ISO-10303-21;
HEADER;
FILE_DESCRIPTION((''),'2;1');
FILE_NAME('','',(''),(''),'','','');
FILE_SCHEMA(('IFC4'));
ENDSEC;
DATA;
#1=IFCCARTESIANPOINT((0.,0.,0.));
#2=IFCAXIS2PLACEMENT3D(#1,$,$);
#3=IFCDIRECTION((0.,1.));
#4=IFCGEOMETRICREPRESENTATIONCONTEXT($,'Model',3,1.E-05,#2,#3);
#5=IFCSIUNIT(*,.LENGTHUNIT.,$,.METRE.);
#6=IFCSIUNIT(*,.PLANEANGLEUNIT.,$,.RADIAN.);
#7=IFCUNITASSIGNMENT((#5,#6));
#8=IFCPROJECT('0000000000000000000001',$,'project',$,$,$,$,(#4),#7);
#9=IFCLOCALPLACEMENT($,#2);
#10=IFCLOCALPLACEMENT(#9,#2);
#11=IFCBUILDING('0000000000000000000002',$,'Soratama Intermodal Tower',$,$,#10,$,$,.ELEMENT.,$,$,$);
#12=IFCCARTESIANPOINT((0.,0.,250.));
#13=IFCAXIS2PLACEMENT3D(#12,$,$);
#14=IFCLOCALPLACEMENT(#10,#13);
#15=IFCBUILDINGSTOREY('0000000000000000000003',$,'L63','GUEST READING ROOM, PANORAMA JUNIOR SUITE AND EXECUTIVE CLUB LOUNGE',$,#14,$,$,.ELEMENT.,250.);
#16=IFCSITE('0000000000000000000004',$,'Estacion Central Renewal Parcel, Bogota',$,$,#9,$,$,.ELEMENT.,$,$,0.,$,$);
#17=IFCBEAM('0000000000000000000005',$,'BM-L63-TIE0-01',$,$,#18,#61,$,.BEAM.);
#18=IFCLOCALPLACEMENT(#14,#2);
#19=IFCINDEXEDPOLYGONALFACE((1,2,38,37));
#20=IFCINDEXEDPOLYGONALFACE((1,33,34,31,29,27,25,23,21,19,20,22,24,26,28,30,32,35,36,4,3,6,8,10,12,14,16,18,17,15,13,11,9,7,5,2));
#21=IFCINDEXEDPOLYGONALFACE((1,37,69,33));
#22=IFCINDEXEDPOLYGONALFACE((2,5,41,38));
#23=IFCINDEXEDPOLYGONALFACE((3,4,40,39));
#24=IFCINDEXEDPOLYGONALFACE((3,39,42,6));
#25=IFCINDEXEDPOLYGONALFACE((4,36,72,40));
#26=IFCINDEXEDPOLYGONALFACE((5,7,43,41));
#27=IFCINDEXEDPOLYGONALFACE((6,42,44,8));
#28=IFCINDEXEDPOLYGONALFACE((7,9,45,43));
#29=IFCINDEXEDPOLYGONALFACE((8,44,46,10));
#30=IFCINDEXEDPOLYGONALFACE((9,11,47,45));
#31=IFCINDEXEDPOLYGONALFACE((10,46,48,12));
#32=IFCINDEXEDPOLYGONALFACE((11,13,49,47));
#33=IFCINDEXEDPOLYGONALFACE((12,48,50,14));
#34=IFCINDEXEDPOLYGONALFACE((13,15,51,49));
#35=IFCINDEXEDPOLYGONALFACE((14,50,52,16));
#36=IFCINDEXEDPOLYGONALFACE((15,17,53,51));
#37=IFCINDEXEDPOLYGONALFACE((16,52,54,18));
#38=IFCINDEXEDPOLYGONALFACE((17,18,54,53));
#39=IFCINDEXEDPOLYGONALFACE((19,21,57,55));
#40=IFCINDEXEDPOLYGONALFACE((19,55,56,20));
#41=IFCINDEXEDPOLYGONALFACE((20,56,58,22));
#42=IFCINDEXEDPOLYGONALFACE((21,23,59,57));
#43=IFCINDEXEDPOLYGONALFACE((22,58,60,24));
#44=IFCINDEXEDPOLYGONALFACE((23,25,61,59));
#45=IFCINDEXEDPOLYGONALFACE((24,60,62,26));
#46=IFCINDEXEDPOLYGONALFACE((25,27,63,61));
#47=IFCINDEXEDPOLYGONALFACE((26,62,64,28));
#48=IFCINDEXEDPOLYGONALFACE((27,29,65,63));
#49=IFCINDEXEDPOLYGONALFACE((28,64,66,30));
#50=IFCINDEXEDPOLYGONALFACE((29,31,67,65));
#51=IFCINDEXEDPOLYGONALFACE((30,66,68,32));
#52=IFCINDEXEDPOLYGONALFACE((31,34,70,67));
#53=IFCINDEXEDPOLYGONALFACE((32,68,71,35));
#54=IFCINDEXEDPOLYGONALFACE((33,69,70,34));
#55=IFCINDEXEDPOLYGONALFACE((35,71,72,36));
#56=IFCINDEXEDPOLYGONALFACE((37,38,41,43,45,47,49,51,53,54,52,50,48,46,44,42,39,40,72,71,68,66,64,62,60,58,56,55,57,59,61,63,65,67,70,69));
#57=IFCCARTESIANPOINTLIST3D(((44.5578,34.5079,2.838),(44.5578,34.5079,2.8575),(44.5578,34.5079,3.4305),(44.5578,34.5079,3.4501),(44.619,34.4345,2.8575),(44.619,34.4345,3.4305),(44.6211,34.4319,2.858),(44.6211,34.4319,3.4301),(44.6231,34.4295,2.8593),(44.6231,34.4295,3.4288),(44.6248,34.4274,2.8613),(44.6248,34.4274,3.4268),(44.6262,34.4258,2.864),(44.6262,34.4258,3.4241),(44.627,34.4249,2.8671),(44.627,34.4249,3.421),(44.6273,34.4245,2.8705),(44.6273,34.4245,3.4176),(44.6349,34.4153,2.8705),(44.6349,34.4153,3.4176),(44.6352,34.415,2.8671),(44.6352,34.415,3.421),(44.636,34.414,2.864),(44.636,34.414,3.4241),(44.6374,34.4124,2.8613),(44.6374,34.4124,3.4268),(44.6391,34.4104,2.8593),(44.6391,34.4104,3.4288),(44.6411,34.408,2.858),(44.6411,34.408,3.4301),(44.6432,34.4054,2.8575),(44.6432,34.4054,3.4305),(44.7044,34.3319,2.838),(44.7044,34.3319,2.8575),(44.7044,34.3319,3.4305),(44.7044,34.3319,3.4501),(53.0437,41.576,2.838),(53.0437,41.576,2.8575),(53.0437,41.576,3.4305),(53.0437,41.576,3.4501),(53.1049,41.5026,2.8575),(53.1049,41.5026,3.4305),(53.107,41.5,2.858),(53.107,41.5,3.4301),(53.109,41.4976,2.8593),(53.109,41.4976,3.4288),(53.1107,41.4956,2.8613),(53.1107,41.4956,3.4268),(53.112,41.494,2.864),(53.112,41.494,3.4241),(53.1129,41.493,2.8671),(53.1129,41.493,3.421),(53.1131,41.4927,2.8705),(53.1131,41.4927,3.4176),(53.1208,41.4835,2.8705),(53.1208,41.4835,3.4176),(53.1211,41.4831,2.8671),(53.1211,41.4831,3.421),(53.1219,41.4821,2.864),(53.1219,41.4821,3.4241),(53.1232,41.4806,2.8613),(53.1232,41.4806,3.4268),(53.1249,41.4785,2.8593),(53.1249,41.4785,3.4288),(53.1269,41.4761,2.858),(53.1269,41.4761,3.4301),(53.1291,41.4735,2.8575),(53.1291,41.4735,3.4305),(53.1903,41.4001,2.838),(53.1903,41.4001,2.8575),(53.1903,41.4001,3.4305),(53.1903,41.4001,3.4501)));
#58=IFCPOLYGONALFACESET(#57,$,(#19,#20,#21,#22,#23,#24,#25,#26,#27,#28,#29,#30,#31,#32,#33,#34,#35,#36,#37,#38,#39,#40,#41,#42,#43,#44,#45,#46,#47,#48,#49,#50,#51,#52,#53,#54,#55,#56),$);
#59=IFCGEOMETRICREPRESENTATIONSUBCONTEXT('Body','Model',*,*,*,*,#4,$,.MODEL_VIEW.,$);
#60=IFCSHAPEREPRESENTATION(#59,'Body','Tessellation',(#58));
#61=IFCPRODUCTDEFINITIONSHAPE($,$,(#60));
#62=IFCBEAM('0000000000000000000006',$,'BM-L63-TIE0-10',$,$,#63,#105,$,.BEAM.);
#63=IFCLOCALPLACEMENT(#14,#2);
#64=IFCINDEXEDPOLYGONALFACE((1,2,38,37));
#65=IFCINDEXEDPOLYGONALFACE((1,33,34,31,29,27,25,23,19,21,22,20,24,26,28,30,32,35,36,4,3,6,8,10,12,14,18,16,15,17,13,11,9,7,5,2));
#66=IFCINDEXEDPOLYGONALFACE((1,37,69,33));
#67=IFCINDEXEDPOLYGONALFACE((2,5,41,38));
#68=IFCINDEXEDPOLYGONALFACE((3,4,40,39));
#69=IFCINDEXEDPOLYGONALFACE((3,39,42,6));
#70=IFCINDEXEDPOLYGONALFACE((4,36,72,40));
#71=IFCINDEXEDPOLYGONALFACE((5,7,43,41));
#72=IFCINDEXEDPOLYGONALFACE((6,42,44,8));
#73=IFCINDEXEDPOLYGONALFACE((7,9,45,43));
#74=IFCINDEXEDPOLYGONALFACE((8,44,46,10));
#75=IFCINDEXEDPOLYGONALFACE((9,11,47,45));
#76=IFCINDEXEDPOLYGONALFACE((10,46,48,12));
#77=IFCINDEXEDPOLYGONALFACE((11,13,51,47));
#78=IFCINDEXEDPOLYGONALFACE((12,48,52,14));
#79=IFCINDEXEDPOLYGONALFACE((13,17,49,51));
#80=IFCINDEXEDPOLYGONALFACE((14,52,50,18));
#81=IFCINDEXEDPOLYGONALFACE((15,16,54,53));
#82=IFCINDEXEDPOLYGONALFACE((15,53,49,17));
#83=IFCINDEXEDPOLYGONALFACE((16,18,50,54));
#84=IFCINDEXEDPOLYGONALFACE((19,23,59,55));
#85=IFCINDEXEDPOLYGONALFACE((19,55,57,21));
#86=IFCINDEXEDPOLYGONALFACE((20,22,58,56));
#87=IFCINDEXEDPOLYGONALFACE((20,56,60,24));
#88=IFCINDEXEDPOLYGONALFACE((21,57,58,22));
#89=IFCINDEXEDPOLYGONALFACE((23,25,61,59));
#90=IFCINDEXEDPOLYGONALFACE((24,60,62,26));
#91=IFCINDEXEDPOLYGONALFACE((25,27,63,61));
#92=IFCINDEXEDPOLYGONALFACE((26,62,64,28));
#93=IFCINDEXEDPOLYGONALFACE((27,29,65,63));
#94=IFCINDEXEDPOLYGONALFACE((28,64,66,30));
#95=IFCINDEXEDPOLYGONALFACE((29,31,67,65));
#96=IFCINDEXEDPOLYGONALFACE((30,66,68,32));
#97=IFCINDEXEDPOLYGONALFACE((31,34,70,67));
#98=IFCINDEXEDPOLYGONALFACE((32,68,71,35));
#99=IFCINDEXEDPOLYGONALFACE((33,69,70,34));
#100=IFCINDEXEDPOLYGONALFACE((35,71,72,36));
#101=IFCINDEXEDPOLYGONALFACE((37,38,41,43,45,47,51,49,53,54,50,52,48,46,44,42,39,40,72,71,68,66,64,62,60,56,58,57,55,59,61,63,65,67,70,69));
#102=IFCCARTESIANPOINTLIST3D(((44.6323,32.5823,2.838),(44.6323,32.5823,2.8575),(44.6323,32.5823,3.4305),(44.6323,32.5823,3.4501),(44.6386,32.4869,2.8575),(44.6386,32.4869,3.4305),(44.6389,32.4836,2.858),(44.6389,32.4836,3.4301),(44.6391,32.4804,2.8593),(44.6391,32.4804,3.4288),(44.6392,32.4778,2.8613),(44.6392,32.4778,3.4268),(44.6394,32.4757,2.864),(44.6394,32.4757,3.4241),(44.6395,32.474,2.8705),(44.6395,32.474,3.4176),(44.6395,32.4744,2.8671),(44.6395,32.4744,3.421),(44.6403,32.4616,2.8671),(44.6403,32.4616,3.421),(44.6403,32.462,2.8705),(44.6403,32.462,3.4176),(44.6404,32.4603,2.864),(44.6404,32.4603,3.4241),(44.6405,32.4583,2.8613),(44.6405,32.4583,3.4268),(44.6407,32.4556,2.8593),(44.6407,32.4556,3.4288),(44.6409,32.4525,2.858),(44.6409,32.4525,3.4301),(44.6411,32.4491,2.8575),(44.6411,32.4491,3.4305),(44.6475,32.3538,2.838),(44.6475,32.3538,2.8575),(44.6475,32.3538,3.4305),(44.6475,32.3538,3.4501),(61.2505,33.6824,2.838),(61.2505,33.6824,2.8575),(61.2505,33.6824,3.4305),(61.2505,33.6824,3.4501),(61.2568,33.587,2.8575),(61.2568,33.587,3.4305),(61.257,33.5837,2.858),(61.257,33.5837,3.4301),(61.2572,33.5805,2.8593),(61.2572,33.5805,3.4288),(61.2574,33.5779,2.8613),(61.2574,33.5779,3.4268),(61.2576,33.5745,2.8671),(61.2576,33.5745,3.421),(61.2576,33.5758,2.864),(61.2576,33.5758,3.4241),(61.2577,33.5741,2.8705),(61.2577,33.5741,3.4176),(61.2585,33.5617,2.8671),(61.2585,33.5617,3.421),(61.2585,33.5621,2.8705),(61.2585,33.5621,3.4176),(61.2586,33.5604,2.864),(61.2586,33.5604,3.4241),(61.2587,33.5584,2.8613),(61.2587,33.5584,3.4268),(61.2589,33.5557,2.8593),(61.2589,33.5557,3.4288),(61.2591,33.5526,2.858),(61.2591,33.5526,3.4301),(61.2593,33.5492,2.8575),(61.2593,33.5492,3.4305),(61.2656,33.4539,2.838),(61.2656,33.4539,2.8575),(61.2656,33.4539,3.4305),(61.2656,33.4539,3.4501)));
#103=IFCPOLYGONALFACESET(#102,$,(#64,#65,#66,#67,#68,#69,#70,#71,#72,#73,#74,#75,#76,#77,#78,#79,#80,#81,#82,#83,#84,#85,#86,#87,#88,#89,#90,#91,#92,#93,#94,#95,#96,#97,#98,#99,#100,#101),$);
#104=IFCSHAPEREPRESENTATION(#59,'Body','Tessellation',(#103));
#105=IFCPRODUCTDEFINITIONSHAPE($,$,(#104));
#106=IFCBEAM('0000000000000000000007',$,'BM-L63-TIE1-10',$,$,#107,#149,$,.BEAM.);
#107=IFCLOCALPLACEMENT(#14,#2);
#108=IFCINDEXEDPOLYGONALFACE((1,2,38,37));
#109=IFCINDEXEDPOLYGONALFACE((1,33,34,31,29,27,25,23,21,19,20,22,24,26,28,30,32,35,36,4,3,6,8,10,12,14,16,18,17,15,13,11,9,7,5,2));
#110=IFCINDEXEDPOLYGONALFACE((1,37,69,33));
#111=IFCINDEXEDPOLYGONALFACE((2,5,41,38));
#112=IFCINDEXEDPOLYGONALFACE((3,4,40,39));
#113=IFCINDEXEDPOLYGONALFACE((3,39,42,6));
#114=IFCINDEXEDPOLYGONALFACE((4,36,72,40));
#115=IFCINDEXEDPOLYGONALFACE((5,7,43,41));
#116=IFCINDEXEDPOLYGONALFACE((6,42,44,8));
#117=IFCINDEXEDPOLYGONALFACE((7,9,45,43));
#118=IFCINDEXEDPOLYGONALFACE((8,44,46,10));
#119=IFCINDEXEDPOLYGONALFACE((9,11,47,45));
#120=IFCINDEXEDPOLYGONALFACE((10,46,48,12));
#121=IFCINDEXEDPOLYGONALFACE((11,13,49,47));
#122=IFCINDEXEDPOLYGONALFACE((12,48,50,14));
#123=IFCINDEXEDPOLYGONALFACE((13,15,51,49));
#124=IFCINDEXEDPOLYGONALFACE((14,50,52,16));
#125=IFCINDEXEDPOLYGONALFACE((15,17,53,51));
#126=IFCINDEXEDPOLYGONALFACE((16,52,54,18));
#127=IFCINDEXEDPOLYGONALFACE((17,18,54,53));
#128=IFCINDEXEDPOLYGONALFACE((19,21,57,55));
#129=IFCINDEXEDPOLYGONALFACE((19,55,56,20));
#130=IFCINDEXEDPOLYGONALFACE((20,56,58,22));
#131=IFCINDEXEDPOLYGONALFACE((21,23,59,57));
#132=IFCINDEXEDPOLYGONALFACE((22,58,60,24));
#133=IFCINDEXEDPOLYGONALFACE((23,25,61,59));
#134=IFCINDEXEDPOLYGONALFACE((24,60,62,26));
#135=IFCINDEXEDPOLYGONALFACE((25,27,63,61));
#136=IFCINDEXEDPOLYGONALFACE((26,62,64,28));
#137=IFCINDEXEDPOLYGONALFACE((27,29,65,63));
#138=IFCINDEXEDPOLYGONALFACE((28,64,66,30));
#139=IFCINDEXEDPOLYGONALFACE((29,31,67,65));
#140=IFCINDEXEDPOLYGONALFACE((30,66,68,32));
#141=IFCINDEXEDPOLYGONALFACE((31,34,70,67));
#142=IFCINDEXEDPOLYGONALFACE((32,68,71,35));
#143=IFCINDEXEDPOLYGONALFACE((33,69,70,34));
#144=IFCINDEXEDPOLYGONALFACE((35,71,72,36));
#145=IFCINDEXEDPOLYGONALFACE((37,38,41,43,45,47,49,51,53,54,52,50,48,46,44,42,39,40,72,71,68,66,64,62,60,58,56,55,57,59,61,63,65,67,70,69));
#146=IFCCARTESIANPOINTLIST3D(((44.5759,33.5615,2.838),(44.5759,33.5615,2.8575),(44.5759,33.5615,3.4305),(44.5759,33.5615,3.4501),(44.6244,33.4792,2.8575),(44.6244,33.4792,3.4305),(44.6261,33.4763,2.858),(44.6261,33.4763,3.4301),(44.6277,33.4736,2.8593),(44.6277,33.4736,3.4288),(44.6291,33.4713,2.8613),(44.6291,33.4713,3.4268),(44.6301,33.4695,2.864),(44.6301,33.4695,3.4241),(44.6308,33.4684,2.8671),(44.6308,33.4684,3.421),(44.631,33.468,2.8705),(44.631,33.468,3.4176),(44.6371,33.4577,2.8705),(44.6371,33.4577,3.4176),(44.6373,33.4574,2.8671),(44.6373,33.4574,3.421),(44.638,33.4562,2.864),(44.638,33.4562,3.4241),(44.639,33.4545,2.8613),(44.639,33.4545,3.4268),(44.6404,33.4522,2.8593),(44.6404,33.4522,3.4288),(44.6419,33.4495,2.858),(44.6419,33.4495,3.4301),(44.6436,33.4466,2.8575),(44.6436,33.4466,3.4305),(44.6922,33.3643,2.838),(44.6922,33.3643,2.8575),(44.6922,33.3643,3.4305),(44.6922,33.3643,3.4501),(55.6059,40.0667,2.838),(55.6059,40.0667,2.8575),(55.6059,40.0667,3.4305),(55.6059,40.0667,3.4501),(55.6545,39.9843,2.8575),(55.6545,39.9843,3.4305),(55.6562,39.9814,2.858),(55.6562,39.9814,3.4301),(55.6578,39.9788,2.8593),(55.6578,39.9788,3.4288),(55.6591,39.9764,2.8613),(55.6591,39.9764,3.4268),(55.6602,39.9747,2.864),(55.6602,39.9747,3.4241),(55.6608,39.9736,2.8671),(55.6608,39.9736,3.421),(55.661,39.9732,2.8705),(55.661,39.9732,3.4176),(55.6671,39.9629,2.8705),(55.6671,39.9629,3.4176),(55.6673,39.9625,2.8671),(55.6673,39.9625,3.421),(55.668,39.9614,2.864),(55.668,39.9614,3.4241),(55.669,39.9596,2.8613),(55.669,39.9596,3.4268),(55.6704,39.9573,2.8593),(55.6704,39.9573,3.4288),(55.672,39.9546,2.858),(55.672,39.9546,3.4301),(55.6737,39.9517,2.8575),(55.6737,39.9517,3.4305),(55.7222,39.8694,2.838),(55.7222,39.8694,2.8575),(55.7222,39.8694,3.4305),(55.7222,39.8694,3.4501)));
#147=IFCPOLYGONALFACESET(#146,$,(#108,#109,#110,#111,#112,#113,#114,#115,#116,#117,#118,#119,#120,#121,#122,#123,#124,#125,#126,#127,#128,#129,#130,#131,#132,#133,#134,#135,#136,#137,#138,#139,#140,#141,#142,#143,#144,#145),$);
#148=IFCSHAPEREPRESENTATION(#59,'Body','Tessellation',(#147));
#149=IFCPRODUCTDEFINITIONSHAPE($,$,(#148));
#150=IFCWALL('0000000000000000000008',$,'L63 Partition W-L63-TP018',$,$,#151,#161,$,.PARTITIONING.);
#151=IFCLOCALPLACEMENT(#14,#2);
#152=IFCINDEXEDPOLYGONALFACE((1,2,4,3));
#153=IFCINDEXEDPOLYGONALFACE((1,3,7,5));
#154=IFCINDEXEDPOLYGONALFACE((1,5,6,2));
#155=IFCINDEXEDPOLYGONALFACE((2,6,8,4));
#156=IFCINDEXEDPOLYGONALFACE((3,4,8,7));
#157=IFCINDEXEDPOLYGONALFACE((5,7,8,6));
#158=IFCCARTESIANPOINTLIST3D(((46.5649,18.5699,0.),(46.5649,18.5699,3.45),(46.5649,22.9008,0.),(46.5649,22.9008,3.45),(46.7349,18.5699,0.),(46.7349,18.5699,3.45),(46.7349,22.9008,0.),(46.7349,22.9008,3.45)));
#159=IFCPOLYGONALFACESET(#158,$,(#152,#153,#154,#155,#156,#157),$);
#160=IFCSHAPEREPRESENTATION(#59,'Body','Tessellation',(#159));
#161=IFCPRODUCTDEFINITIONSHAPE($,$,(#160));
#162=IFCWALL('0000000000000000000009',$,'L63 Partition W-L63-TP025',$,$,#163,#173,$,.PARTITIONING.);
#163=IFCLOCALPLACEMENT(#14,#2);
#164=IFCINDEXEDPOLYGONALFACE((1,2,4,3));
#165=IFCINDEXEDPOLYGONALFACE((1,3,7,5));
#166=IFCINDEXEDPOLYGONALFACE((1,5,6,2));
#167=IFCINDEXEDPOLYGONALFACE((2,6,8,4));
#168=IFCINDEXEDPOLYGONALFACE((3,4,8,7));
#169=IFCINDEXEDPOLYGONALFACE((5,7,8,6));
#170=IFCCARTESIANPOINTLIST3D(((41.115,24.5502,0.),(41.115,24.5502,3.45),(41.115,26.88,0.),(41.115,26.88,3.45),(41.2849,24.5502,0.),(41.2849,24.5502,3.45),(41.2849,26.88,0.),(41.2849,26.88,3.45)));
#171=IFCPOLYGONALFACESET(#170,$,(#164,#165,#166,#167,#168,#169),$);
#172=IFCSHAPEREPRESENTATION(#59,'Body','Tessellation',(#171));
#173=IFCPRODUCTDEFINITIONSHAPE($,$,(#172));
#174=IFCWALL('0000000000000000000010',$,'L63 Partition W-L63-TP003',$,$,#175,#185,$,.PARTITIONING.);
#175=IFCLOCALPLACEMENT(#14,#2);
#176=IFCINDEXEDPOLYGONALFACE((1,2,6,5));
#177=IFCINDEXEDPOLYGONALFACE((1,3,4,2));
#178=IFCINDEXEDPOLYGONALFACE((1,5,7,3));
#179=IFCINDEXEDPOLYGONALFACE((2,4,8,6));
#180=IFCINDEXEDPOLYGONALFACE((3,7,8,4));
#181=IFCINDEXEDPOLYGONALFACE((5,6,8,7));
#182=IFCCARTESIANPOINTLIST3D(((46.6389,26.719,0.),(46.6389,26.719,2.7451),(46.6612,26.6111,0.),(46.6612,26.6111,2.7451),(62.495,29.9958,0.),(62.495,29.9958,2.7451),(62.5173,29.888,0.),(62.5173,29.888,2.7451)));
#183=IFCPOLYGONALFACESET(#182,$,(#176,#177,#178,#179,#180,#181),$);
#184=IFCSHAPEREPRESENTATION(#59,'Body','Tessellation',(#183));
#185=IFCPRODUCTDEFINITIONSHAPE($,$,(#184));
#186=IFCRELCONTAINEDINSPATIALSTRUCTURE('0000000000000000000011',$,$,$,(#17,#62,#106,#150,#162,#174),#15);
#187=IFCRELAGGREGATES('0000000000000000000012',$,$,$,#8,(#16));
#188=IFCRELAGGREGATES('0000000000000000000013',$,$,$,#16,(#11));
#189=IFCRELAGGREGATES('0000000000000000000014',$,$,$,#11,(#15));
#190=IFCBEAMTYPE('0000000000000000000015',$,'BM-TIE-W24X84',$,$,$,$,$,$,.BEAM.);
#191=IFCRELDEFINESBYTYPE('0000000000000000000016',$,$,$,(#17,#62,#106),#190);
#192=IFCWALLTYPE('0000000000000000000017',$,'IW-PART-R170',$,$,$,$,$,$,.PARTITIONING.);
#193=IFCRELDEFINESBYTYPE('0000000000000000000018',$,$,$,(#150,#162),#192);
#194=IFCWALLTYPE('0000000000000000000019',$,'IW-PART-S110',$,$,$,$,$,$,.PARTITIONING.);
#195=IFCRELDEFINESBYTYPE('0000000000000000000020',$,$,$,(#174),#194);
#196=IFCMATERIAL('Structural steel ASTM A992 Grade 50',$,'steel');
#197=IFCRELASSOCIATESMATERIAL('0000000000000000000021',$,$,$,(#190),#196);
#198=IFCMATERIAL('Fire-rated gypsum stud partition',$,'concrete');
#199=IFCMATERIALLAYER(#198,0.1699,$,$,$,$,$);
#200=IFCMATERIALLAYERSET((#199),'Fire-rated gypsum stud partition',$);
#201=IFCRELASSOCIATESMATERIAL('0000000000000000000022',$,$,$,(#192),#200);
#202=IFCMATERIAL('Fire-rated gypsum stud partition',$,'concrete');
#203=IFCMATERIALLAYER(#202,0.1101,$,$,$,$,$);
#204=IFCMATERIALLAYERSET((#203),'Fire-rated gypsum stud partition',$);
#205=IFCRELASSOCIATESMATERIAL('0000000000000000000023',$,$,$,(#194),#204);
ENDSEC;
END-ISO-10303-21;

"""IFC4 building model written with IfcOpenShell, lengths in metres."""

from ifc_helpers import new_model, si_unit, direction, frame, frame_2d, origin, origin_2d, place, context, subcontext, project, spatial, rectangle, i_section, extrude, material, layer, layer_set, material_profile, profile_set, type_object, element, save


model = new_model("IFC4")

# Units and contexts
model_context = context("Model", 3, precision=1e-05, world=origin(), true_north=direction((0.0, 1.0)))
body_context = subcontext(model_context, "Body", "Model", "MODEL_VIEW")
ifc_project = project(units=[si_unit("LENGTHUNIT", "METRE"), si_unit("PLANEANGLEUNIT", "RADIAN")], contexts=[model_context])

# Site, building, storey
site_placement = place(None, origin())
site = spatial("IfcSite", under=ifc_project, at=site_placement, Name="Estacion Central Renewal Parcel, Bogota", CompositionType="ELEMENT", RefElevation=0.0)
building_placement = place(site_placement, origin())
building = spatial("IfcBuilding", under=site, at=building_placement, Name="Soratama Intermodal Tower", CompositionType="ELEMENT")
storey_placement = place(building_placement, frame((0.0, 0.0, 250.0)))
storey = spatial("IfcBuildingStorey", under=building, at=storey_placement, Name="L63", Description="GUEST READING ROOM, PANORAMA JUNIOR SUITE AND EXECUTIVE CLUB LOUNGE", CompositionType="ELEMENT", Elevation=250.0)

# Beams
ifc_material_1 = material(Name="Structural steel ASTM A992 Grade 50", Category="steel")
ifc_material_profile_1 = material_profile(ifc_material_1, i_section(OverallWidth=0.229, OverallDepth=0.6121, WebThickness=0.012, FlangeThickness=0.0195, FilletRadius=0.0129, at=origin_2d()), Name="W24X84")
ifc_profile_set_1 = profile_set([ifc_material_profile_1], Name="Structural steel ASTM A992 Grade 50")
beam_type_1 = type_object("IfcBeamType", Name="BM-TIE-W24X84", PredefinedType="BEAM", material=ifc_profile_set_1)
beam_1_placement = place(storey_placement, frame((44.6311, 34.4199, 3.144), z_axis=(0.768373, 0.640002, 0.0), x_axis=(-0.640002, 0.768373, 0.0)))
element("IfcBeam", 1, at=beam_1_placement, inside=storey, type_object=beam_type_1, Name="BM-L63-TIE0-01", PredefinedType="BEAM", context=body_context, shape_type="SweptSolid", body=[
    extrude(i_section(OverallWidth=0.229, OverallDepth=0.6121, WebThickness=0.012, FlangeThickness=0.0195, FilletRadius=0.0129, at=origin_2d()), origin(), (0.0, 0.0, 1.0), 11.0439),
])
beam_2_placement = place(storey_placement, frame((44.6399, 32.468, 3.144), z_axis=(0.997816, 0.066054, 0.0), x_axis=(-0.066054, 0.997816, 0.0)))
element("IfcBeam", 2, at=beam_2_placement, inside=storey, type_object=beam_type_1, Name="BM-L63-TIE0-10", PredefinedType="BEAM", context=body_context, shape_type="SweptSolid", body=[
    extrude(i_section(OverallWidth=0.229, OverallDepth=0.6121, WebThickness=0.012, FlangeThickness=0.0195, FilletRadius=0.0129, at=origin_2d()), origin(), (0.0, 0.0, 1.0), 16.6545),
])
beam_3_placement = place(storey_placement, frame((44.634, 33.4629, 3.144), z_axis=(0.861358, 0.507999, 0.0), x_axis=(-0.507999, 0.861358, 0.0)))
element("IfcBeam", 3, at=beam_3_placement, inside=storey, type_object=beam_type_1, Name="BM-L63-TIE1-10", PredefinedType="BEAM", context=body_context, shape_type="SweptSolid", body=[
    extrude(i_section(OverallWidth=0.229, OverallDepth=0.6121, WebThickness=0.012, FlangeThickness=0.0195, FilletRadius=0.0129, at=origin_2d()), origin(), (0.0, 0.0, 1.0), 12.8054),
])

# Shared definitions
ifc_material_2 = material(Name="Fire-rated gypsum stud partition", Category="concrete")
ifc_layer_1 = layer(ifc_material_2, 0.1699)
ifc_layer_set_1 = layer_set([ifc_layer_1], Name="Fire-rated gypsum stud partition")
wall_type_1 = type_object("IfcWallType", Name="IW-PART-R170", PredefinedType="PARTITIONING", material=ifc_layer_set_1)

# Walls
wall_1_placement = place(storey_placement, frame((46.6499, 22.9009, 0.0), z_axis=(0.0, 0.0, 1.0), x_axis=(0.0, -1.0, 0.0)))
element("IfcWall", 4, at=wall_1_placement, inside=storey, type_object=wall_type_1, Name="L63 Partition W-L63-TP018", PredefinedType="PARTITIONING", context=body_context, shape_type="SweptSolid", body=[
    extrude(rectangle(XDim=4.3308, YDim=0.1699, at=frame_2d((2.1655, 0.0))), origin(), (0.0, 0.0, 1.0), 3.45),
])
wall_2_placement = place(storey_placement, frame((41.2, 24.55, 0.0), z_axis=(0.0, 0.0, 1.0), x_axis=(0.0, 1.0, 0.0)))
element("IfcWall", 5, at=wall_2_placement, inside=storey, type_object=wall_type_1, Name="L63 Partition W-L63-TP025", PredefinedType="PARTITIONING", context=body_context, shape_type="SweptSolid", body=[
    extrude(rectangle(XDim=2.3298, YDim=0.1699, at=frame_2d((1.165, 0.0))), origin(), (0.0, 0.0, 1.0), 3.45),
])

# Wall
ifc_material_3 = material(Name="Fire-rated gypsum stud partition", Category="concrete")
ifc_layer_2 = layer(ifc_material_3, 0.1101)
ifc_layer_set_2 = layer_set([ifc_layer_2], Name="Fire-rated gypsum stud partition")
wall_type_2 = type_object("IfcWallType", Name="IW-PART-S110", PredefinedType="PARTITIONING", material=ifc_layer_set_2)
wall_3_placement = place(storey_placement, frame((46.6499, 26.665, 0.0), z_axis=(0.0, 0.0, 1.0), x_axis=(0.979306, 0.202384, 0.0)))
element("IfcWall", 6, at=wall_3_placement, inside=storey, type_object=wall_type_2, Name="L63 Partition W-L63-TP003", PredefinedType="PARTITIONING", context=body_context, shape_type="SweptSolid", body=[
    extrude(rectangle(XDim=16.1912, YDim=0.1101, at=frame_2d((8.0957, 0.0))), origin(), (0.0, 0.0, 1.0), 2.7451),
])

save(model, "model.ifc")
